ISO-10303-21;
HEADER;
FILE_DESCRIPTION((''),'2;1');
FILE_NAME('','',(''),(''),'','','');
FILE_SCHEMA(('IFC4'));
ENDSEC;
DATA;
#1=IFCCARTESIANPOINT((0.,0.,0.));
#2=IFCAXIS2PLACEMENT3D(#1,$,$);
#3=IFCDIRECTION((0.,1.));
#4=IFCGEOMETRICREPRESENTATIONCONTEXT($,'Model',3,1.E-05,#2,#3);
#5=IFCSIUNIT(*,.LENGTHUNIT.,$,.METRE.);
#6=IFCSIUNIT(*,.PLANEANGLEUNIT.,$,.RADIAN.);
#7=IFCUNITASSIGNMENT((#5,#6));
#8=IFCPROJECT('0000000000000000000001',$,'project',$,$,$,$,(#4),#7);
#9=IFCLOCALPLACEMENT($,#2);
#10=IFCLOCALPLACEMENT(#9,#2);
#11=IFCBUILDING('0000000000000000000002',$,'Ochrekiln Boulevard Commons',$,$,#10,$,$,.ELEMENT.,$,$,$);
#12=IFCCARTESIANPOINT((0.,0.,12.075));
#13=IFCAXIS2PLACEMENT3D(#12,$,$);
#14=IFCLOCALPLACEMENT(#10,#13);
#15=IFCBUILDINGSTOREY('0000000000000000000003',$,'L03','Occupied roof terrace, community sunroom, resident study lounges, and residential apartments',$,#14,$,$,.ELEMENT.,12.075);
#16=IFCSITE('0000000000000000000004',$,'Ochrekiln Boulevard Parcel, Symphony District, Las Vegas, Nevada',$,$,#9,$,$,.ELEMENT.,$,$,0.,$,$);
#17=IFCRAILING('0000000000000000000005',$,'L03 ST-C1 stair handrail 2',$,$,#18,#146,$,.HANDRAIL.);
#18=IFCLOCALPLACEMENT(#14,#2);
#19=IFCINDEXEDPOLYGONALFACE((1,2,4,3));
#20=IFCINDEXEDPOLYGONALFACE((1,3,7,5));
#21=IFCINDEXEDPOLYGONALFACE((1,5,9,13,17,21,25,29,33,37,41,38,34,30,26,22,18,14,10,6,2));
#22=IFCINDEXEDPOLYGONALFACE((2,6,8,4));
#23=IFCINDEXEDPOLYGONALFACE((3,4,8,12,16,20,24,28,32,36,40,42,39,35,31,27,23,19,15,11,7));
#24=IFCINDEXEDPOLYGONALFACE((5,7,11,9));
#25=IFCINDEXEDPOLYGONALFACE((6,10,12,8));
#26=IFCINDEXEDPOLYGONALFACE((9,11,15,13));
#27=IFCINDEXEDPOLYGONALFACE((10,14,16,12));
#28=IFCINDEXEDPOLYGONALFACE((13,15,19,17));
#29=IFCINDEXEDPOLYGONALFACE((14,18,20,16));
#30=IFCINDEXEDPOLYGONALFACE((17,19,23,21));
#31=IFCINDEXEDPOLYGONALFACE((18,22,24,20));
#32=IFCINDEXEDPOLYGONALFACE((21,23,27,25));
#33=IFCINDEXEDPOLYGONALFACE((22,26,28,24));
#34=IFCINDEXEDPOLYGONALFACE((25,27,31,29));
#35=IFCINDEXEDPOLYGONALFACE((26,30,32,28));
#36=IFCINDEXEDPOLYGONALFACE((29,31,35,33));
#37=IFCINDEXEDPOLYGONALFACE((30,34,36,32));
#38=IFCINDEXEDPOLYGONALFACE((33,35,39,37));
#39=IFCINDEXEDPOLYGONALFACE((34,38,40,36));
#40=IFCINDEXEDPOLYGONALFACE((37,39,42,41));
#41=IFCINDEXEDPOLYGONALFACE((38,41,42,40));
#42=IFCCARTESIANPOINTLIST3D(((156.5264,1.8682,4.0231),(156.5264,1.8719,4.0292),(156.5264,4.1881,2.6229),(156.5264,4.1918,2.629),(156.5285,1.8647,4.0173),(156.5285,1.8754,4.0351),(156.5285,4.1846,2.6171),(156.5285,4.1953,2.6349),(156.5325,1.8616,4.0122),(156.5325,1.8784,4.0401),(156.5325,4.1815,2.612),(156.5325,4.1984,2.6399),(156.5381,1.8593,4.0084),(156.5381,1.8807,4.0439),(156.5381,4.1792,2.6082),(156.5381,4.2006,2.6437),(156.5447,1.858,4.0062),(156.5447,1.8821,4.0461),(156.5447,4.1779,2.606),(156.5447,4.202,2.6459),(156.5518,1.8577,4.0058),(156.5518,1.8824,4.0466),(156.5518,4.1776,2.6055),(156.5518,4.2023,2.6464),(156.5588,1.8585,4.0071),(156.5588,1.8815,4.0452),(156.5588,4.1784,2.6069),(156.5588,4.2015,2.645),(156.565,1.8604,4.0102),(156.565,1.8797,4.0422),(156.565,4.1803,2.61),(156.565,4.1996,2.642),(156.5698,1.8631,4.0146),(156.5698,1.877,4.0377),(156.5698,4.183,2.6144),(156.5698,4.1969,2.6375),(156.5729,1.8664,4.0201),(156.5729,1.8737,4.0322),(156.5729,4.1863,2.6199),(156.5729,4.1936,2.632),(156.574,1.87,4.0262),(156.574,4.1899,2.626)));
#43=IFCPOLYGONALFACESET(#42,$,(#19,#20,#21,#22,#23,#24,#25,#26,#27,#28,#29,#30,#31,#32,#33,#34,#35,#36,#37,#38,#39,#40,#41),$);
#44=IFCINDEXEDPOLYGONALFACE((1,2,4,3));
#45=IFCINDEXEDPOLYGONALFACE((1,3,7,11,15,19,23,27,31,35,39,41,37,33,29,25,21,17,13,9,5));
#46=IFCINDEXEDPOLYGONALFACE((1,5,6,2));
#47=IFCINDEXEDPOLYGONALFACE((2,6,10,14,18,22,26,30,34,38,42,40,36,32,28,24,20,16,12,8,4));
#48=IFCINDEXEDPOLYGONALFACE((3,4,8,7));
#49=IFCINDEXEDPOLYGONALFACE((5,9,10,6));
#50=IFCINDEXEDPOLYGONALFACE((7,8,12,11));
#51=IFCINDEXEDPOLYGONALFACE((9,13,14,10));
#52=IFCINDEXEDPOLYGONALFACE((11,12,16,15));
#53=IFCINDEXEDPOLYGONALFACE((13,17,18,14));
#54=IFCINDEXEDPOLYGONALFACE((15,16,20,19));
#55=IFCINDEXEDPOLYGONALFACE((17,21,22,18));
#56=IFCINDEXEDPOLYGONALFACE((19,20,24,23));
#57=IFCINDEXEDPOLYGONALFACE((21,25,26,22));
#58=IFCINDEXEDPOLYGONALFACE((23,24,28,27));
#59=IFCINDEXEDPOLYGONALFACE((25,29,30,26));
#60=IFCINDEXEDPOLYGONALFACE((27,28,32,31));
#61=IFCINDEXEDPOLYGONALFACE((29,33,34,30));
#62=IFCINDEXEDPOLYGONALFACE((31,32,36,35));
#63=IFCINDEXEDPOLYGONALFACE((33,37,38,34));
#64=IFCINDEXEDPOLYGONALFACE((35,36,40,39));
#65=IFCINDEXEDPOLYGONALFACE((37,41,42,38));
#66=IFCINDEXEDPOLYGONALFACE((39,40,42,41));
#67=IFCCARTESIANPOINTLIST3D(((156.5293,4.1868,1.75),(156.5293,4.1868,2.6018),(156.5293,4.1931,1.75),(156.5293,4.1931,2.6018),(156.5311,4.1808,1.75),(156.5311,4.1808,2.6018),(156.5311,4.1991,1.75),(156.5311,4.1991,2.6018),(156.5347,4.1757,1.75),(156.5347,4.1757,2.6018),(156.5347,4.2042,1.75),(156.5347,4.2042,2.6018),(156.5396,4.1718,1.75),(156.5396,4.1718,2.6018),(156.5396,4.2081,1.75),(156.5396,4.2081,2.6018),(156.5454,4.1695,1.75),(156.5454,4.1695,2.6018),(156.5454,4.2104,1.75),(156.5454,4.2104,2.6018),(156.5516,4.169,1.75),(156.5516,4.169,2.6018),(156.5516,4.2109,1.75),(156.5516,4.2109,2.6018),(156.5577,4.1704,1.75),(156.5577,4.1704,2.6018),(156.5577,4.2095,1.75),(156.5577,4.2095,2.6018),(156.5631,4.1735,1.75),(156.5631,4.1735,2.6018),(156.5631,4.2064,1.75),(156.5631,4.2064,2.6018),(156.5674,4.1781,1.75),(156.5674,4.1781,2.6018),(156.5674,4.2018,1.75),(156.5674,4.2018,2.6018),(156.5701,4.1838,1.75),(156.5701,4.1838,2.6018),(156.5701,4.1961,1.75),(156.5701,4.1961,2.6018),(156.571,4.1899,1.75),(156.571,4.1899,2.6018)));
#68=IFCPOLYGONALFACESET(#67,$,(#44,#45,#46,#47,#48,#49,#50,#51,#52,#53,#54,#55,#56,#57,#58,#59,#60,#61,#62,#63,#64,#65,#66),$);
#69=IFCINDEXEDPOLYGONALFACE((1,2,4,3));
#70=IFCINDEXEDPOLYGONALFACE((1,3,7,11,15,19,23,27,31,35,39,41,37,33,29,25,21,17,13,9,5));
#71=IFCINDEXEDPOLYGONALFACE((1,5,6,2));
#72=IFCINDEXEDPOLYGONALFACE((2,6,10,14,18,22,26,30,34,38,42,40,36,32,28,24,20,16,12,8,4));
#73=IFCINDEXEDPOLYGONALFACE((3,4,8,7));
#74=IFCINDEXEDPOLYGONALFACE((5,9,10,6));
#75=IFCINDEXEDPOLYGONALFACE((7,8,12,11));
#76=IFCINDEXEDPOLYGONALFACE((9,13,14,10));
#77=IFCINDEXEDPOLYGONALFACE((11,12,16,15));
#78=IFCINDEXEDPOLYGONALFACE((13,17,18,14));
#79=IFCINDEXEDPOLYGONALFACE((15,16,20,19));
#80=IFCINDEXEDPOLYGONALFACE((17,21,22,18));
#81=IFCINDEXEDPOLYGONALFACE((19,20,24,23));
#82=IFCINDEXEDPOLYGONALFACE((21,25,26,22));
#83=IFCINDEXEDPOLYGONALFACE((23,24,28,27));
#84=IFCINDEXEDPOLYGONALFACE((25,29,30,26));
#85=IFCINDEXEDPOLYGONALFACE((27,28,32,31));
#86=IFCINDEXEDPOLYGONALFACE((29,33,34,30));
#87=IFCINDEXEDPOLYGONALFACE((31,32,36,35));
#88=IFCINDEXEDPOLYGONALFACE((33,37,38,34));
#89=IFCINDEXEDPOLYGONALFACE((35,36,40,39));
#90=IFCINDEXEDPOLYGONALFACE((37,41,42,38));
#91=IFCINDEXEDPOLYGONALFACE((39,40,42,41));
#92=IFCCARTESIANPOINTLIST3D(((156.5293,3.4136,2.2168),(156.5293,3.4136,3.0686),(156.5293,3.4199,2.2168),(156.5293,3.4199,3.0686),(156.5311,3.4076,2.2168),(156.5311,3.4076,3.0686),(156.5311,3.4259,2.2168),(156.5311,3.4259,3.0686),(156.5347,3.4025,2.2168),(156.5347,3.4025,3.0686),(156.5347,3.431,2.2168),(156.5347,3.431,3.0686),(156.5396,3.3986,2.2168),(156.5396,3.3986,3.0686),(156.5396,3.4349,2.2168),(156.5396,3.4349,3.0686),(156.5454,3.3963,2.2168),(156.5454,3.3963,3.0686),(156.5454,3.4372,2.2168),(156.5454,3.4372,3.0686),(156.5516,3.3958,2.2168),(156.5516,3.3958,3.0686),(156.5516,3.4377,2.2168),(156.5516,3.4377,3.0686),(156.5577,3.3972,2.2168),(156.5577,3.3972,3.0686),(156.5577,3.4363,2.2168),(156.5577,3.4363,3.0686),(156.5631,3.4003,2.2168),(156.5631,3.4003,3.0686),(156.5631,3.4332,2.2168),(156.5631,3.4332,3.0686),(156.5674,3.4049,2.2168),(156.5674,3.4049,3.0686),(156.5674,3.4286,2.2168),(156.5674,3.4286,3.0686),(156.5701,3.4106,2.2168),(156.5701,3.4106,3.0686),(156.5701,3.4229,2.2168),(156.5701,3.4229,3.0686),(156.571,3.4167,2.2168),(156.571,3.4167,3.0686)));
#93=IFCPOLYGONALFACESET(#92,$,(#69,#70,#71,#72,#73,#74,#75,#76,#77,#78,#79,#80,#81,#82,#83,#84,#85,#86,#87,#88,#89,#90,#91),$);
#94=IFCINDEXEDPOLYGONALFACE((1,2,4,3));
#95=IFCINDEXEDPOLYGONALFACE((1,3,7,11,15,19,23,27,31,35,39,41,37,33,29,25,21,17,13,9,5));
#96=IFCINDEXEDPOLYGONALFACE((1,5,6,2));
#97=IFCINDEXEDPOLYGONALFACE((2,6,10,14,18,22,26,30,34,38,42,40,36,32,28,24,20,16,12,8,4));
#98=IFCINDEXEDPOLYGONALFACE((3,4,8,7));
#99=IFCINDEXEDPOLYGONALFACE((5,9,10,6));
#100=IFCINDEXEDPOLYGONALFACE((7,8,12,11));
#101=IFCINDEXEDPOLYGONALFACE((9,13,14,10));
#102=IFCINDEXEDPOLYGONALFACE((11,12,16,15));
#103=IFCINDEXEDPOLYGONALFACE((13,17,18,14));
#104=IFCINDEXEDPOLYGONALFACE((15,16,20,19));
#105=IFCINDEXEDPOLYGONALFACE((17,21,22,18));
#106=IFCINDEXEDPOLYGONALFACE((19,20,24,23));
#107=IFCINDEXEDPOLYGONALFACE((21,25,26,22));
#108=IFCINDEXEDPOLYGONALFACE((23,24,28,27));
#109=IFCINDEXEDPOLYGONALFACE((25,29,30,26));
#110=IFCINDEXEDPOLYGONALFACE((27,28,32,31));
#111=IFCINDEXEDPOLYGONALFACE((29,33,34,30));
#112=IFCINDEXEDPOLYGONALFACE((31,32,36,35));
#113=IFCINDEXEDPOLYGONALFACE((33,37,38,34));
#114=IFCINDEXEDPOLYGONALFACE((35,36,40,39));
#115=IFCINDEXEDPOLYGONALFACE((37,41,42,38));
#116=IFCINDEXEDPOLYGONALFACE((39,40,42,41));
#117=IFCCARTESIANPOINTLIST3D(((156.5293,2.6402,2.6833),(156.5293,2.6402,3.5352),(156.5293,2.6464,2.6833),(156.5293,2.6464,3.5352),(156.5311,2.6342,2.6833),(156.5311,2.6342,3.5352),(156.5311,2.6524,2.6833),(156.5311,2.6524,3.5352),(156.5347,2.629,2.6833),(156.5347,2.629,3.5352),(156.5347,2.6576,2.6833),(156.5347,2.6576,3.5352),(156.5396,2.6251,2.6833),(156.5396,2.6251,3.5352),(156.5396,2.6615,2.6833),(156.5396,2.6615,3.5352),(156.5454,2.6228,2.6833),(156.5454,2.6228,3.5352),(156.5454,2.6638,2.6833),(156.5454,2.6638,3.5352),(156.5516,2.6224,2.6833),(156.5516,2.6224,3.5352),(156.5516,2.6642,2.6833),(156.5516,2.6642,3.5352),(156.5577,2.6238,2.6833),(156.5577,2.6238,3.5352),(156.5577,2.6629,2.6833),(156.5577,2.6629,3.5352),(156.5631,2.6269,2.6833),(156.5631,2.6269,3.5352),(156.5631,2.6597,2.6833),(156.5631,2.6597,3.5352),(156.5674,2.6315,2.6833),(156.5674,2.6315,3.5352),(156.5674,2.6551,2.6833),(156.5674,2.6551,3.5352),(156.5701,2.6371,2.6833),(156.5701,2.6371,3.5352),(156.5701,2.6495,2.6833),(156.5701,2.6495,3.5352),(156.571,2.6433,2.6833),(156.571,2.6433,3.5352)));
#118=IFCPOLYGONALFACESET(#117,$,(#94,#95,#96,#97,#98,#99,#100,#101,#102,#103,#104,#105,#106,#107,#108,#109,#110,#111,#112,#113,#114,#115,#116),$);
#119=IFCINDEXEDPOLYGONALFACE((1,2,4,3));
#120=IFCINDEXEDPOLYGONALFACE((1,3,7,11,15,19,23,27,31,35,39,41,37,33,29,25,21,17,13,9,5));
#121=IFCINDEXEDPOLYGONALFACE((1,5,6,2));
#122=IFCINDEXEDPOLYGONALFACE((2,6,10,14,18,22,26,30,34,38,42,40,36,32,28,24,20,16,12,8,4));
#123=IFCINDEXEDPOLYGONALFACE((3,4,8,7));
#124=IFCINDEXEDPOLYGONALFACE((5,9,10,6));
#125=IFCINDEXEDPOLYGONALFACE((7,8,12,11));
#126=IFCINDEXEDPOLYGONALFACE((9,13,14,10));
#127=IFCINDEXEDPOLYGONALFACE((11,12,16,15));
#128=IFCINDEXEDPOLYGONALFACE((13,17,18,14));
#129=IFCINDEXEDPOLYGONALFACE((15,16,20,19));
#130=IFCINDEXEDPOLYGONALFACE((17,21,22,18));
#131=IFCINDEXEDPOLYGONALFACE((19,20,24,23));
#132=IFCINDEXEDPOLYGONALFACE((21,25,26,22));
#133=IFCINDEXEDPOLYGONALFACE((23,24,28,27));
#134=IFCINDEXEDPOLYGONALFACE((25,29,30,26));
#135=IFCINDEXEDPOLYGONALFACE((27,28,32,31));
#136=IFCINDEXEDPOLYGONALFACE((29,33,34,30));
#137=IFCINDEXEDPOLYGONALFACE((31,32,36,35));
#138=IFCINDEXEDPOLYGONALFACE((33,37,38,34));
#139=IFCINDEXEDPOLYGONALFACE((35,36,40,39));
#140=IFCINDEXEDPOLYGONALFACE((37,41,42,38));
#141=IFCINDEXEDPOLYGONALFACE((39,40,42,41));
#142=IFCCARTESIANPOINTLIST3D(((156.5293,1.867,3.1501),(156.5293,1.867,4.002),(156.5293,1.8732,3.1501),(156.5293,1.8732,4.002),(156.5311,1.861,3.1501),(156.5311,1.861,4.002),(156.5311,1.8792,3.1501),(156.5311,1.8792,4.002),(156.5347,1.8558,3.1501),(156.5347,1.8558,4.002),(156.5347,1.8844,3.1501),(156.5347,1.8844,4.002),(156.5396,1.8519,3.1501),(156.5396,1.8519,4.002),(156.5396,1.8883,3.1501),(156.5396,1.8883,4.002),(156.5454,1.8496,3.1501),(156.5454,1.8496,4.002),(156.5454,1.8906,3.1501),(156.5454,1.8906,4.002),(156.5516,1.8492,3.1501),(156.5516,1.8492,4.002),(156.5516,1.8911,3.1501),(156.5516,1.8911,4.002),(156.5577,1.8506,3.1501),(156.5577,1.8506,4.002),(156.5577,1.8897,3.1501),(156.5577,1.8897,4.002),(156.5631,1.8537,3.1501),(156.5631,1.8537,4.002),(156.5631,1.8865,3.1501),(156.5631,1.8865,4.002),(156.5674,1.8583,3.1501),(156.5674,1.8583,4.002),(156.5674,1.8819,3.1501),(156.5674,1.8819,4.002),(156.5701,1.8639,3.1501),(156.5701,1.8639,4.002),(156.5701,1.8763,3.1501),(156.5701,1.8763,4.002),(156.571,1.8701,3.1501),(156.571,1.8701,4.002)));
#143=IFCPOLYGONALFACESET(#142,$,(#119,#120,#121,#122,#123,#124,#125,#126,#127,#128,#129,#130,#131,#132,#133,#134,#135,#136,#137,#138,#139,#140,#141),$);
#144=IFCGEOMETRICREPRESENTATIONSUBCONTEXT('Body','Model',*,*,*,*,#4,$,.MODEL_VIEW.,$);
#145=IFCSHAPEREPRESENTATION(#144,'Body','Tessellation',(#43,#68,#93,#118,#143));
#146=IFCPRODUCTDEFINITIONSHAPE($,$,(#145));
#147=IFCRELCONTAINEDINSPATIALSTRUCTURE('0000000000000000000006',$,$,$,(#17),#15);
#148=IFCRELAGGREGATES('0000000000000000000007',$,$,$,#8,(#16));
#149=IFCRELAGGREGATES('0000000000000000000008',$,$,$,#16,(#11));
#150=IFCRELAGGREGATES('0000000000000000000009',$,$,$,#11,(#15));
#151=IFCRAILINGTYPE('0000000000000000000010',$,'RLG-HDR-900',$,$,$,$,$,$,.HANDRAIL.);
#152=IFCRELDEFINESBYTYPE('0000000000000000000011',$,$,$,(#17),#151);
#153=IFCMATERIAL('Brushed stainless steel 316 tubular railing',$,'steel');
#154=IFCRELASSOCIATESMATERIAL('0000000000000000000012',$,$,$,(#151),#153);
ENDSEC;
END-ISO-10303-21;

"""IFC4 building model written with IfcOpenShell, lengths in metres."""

from ifc_helpers import new_model, si_unit, direction, frame, origin, origin_2d, place, context, subcontext, project, spatial, circle, extrude, material, type_object, element, save


model = new_model("IFC4")

# Units and contexts
model_context = context("Model", 3, precision=1e-05, world=origin(), true_north=direction((0.0, 1.0)))
body_context = subcontext(model_context, "Body", "Model", "MODEL_VIEW")
ifc_project = project(units=[si_unit("LENGTHUNIT", "METRE"), si_unit("PLANEANGLEUNIT", "RADIAN")], contexts=[model_context])

# Site, building, storey
site_placement = place(None, origin())
site = spatial("IfcSite", under=ifc_project, at=site_placement, Name="Ochrekiln Boulevard Parcel, Symphony District, Las Vegas, Nevada", CompositionType="ELEMENT", RefElevation=0.0)
building_placement = place(site_placement, origin())
building = spatial("IfcBuilding", under=site, at=building_placement, Name="Ochrekiln Boulevard Commons", CompositionType="ELEMENT")
storey_placement = place(building_placement, frame((0.0, 0.0, 12.075)))
storey = spatial("IfcBuildingStorey", under=building, at=storey_placement, Name="L03", Description="Occupied roof terrace, community sunroom, resident study lounges, and residential apartments", CompositionType="ELEMENT", Elevation=12.075)

# Railing
ifc_material_1 = material(Name="Brushed stainless steel 316 tubular railing", Category="steel")
railing_type = type_object("IfcRailingType", Name="RLG-HDR-900", PredefinedType="HANDRAIL", material=ifc_material_1)
railing_placement = place(storey_placement, frame((156.55, 4.1899, 1.75)))
element("IfcRailing", 1, at=railing_placement, inside=storey, type_object=railing_type, Name="L03 ST-C1 stair handrail 2", PredefinedType="HANDRAIL", context=body_context, shape_type="SweptSolid", body=[
    extrude(circle(Radius=0.0239, at=origin_2d()), frame((0.0, 0.0, 0.876), z_axis=(0.0, -0.856146, 0.516733), x_axis=(1.0, 0.0, 0.0)), (0.0, 0.0, 1.0), 2.7097),
    extrude(circle(Radius=0.021, at=origin_2d()), origin(), (0.0, 0.0, 1.0), 0.8518),
    extrude(circle(Radius=0.021, at=origin_2d()), frame((0.0, -0.7732, 0.4668)), (0.0, 0.0, 1.0), 0.8518),
    extrude(circle(Radius=0.021, at=origin_2d()), frame((0.0, -1.5466, 0.9333)), (0.0, 0.0, 1.0), 0.8518),
    extrude(circle(Radius=0.021, at=origin_2d()), frame((0.0, -2.3198, 1.4001)), (0.0, 0.0, 1.0), 0.8518),
])

save(model, "model.ifc")
